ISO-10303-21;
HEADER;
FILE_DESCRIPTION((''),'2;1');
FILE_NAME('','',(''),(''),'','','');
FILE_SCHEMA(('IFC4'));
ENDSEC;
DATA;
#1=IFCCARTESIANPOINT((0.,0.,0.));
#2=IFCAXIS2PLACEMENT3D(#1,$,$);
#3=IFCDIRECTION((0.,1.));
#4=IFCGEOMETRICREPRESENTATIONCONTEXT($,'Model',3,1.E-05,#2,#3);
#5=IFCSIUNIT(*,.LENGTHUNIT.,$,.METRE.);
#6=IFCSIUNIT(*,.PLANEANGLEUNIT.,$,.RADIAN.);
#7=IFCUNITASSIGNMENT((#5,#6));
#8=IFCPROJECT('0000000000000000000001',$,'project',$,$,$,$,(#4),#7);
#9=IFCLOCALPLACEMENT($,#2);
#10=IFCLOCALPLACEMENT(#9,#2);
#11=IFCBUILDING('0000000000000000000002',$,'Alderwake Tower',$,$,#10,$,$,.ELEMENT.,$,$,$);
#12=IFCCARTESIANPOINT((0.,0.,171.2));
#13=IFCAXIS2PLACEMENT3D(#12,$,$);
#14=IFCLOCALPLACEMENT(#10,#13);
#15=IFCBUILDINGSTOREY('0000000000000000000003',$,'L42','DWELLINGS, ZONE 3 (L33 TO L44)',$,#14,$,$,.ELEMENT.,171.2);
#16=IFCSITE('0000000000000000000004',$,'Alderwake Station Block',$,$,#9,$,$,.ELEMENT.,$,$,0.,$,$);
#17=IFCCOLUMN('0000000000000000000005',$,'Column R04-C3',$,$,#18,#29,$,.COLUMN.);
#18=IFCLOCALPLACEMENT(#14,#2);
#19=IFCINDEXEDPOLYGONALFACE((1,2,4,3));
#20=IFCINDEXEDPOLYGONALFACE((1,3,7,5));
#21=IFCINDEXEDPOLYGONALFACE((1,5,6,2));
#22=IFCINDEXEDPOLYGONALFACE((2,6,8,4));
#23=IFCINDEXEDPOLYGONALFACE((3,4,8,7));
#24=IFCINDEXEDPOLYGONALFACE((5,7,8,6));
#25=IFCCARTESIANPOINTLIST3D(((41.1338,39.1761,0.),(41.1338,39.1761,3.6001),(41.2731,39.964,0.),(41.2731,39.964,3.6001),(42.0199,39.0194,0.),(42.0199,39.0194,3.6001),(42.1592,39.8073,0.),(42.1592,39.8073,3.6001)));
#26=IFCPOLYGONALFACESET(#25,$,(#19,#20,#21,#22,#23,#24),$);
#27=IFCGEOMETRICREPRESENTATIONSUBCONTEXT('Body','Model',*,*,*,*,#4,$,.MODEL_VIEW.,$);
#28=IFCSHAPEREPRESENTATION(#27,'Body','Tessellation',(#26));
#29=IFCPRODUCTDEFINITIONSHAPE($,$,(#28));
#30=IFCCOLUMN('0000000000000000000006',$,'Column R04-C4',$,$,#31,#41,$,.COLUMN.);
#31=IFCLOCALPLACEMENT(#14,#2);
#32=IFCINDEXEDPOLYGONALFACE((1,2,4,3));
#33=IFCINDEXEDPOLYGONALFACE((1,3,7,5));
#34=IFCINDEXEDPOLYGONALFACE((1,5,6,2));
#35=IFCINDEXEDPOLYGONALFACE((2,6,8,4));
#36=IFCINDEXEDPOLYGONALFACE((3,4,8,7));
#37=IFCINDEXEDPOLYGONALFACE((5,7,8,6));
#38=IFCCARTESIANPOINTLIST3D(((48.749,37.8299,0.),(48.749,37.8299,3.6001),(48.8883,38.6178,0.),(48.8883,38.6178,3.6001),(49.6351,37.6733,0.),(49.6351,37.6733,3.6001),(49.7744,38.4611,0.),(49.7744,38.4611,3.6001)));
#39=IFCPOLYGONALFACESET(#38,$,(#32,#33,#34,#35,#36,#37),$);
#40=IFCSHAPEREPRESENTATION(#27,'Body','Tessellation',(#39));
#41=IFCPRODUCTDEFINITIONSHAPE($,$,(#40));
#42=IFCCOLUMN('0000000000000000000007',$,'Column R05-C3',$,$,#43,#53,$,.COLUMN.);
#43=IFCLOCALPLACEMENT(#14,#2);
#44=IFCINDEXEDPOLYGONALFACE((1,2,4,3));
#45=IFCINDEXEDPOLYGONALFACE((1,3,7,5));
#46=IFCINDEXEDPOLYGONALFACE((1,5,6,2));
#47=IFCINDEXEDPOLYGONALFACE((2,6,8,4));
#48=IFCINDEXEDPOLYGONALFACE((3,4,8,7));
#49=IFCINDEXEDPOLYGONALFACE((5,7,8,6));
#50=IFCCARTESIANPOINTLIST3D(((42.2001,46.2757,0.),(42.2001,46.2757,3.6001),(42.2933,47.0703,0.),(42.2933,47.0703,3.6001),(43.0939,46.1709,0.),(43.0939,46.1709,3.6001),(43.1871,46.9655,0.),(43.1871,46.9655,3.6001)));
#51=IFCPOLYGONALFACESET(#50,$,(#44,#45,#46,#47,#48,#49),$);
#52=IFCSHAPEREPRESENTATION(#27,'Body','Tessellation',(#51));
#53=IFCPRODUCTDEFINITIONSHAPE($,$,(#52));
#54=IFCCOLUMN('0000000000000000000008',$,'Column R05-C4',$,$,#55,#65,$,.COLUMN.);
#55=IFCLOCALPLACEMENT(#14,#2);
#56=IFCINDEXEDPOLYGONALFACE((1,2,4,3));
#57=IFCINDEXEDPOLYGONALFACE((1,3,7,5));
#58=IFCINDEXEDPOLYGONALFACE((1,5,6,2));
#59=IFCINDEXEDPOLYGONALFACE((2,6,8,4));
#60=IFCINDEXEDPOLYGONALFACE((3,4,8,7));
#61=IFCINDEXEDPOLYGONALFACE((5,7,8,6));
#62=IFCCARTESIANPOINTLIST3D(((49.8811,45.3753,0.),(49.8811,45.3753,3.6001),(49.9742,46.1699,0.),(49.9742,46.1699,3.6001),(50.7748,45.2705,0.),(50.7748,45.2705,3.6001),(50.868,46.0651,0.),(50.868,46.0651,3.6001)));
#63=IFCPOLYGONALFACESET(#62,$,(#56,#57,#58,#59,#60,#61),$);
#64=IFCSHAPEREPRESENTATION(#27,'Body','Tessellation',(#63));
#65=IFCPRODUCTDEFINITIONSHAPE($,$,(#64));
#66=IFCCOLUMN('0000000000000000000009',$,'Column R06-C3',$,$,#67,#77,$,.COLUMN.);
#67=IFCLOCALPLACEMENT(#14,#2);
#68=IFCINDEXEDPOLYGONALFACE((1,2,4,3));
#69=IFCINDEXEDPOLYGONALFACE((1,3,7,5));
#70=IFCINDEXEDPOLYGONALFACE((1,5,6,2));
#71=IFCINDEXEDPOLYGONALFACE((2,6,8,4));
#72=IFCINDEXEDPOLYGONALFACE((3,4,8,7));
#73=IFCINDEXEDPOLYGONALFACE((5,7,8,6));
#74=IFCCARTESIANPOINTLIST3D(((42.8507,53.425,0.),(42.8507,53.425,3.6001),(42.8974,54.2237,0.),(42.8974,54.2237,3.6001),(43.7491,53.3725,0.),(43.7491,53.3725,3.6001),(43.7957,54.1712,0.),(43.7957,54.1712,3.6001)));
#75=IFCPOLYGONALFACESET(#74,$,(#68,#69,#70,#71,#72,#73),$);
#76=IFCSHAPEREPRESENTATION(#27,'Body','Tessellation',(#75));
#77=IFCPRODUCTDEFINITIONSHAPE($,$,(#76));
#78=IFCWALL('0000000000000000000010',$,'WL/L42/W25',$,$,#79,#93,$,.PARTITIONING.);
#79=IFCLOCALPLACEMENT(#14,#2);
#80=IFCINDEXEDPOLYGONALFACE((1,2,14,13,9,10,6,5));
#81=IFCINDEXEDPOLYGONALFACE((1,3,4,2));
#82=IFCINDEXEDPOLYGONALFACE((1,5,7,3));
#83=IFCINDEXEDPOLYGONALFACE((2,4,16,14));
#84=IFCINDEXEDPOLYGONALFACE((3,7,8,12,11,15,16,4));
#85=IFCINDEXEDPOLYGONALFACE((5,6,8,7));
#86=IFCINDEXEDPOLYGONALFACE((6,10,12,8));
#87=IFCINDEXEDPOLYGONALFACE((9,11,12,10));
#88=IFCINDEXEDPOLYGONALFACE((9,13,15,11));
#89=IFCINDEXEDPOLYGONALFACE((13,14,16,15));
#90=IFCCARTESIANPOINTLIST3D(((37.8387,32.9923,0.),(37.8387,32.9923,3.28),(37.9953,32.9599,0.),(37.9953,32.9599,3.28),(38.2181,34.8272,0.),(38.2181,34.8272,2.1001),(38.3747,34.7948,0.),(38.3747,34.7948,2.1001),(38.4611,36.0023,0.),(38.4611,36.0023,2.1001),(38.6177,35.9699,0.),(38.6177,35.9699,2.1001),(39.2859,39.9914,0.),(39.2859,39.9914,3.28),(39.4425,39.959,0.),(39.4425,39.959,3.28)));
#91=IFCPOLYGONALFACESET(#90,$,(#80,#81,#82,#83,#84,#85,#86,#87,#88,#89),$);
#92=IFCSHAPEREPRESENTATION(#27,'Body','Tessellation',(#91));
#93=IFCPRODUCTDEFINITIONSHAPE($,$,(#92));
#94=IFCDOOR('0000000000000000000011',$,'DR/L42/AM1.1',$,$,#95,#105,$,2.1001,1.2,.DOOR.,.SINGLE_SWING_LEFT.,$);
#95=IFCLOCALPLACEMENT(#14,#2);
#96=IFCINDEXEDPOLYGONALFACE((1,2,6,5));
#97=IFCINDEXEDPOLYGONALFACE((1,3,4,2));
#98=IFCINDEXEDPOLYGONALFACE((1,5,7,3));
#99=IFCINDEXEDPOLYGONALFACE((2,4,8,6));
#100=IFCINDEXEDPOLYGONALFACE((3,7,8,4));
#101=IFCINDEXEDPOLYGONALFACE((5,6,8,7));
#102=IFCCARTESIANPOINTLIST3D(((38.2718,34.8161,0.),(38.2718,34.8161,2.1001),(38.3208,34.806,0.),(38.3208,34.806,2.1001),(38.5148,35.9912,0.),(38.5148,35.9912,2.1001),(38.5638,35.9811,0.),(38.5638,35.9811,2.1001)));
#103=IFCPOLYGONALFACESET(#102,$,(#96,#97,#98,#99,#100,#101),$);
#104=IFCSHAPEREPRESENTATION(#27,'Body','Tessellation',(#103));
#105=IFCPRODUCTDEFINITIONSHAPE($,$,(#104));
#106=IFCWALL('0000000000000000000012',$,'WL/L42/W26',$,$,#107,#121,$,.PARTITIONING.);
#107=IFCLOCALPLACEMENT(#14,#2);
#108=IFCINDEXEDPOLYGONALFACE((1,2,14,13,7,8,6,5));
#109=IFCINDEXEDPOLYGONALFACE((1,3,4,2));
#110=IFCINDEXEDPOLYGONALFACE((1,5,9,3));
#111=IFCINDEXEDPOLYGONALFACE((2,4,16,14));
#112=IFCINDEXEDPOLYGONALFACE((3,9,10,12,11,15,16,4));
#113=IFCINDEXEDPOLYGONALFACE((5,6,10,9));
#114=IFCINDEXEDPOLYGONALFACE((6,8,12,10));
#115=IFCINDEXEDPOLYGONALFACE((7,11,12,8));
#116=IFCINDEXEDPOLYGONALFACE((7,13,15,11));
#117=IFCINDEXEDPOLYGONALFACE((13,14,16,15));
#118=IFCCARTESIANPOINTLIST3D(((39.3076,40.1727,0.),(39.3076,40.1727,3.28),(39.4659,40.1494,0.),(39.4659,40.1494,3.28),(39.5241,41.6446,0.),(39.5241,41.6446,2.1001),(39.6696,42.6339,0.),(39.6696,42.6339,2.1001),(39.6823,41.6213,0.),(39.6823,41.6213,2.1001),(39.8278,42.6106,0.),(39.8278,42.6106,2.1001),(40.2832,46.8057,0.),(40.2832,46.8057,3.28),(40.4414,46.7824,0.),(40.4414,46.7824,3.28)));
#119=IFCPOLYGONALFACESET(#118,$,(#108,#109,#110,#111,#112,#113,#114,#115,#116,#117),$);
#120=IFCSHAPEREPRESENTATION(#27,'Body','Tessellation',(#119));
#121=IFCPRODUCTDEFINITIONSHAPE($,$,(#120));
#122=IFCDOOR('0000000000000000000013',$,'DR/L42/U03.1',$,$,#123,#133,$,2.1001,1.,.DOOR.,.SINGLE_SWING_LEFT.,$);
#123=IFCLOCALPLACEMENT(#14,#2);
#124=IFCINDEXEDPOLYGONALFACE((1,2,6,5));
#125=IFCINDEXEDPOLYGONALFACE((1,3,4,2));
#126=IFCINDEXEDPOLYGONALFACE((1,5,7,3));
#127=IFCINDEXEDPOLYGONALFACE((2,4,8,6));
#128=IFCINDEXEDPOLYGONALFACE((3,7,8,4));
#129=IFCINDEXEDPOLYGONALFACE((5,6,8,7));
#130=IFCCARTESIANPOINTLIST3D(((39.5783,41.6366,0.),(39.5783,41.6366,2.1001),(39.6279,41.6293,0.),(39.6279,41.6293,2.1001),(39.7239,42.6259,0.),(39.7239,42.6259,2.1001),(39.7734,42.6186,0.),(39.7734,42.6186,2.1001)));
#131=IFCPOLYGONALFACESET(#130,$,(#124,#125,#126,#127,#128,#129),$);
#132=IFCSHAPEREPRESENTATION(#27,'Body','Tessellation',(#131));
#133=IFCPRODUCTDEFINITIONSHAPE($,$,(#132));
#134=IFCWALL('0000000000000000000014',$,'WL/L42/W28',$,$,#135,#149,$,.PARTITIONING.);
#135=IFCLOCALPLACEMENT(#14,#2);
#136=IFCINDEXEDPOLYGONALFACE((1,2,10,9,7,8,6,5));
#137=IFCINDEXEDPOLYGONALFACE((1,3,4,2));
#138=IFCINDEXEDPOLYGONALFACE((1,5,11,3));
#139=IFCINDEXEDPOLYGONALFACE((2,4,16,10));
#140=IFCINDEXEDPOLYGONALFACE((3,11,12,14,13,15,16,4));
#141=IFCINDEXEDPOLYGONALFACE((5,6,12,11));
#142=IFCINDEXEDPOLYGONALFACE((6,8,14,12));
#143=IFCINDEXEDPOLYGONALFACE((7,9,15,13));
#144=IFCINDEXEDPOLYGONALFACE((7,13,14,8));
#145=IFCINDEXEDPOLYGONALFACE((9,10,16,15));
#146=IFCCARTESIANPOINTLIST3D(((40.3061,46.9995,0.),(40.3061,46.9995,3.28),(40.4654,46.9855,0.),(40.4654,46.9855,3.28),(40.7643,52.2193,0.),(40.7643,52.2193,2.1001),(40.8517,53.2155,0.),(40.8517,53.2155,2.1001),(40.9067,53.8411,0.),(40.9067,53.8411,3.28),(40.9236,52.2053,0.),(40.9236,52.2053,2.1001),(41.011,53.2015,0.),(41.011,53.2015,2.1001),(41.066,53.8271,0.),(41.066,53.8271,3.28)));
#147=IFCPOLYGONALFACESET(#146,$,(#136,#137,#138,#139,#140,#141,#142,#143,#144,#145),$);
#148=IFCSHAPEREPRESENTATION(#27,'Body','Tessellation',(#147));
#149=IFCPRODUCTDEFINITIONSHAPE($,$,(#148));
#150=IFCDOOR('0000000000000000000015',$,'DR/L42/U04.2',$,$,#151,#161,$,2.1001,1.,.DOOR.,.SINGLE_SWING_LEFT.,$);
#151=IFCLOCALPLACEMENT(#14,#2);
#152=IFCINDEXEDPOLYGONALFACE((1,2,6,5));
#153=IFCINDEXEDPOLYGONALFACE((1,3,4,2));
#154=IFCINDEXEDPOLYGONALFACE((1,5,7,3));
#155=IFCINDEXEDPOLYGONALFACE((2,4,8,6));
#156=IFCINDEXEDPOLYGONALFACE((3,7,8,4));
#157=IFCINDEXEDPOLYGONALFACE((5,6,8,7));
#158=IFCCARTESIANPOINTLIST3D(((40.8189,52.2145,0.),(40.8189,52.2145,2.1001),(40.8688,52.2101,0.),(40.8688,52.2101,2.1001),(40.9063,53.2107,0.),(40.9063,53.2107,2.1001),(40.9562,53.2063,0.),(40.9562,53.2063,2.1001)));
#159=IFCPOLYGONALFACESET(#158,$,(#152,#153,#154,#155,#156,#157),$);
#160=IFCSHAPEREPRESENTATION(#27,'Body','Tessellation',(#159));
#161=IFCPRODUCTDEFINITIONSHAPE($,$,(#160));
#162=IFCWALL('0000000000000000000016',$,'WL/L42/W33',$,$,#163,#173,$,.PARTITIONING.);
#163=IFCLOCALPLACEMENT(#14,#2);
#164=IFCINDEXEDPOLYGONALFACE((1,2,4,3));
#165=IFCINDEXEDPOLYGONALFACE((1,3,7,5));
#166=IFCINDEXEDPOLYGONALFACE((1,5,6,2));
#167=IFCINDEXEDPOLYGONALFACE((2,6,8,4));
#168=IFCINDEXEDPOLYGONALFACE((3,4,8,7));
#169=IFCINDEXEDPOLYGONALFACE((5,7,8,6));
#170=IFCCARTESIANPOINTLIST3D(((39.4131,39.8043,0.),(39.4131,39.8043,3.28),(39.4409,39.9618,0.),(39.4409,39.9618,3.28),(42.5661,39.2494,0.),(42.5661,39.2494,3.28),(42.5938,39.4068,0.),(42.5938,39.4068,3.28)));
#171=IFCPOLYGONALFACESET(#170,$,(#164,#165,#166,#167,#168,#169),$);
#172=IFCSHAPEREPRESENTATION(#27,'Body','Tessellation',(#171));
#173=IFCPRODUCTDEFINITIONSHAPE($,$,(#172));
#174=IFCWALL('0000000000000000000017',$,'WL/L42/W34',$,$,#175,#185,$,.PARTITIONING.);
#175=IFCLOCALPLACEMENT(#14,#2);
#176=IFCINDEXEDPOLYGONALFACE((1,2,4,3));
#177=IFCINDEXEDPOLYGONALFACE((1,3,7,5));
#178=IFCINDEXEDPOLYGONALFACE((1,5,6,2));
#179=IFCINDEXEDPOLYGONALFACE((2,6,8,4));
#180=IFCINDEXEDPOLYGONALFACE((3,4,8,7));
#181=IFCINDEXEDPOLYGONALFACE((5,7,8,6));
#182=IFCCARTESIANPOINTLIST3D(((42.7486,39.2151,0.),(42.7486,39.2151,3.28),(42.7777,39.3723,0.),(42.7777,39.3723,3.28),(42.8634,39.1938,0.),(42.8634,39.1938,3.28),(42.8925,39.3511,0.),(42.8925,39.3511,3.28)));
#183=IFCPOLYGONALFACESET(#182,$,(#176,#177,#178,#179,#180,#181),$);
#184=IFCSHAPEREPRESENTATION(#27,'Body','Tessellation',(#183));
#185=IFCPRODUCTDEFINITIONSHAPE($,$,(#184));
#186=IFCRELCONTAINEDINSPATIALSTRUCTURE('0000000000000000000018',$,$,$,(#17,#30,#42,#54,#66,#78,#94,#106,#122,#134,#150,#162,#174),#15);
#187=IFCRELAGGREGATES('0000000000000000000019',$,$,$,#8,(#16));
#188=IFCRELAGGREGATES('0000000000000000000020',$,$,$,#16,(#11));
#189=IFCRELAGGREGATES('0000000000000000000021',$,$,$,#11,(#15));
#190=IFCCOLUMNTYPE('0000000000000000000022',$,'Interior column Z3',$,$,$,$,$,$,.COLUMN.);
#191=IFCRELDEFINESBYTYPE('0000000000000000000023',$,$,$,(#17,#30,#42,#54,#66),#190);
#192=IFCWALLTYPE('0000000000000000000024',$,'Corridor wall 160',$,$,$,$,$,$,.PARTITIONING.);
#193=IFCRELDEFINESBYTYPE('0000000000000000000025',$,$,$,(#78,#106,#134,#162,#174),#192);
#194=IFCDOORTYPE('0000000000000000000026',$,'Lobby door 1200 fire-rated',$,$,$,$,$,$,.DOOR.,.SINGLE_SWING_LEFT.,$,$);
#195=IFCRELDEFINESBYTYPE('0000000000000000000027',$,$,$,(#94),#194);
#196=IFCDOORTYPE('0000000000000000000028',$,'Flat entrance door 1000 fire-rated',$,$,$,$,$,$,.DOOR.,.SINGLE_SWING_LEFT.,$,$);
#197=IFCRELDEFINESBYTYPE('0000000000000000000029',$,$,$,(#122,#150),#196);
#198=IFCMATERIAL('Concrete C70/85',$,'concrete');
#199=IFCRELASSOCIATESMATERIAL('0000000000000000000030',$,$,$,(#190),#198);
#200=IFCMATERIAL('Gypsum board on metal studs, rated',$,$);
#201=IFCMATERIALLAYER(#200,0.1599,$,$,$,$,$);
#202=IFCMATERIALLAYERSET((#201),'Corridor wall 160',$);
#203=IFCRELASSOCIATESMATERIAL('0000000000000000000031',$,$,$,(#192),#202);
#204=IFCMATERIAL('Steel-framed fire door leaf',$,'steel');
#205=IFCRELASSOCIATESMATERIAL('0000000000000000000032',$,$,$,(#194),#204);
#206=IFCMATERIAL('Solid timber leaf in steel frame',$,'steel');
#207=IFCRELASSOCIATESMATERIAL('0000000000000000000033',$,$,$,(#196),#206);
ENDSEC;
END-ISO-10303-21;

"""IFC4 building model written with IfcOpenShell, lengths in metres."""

from ifc_helpers import new_model, si_unit, direction, frame, frame_2d, origin, origin_2d, place, context, subcontext, project, spatial, rectangle, extrude, material, layer, layer_set, material_profile, profile_set, type_object, element, fill, save


model = new_model("IFC4")

# Units and contexts
model_context = context("Model", 3, precision=1e-05, world=origin(), true_north=direction((0.0, 1.0)))
body_context = subcontext(model_context, "Body", "Model", "MODEL_VIEW")
ifc_project = project(units=[si_unit("LENGTHUNIT", "METRE"), si_unit("PLANEANGLEUNIT", "RADIAN")], contexts=[model_context])

# Site, building, storey
site_placement = place(None, origin())
site = spatial("IfcSite", under=ifc_project, at=site_placement, Name="Alderwake Station Block", CompositionType="ELEMENT", RefElevation=0.0)
building_placement = place(site_placement, origin())
building = spatial("IfcBuilding", under=site, at=building_placement, Name="Alderwake Tower", CompositionType="ELEMENT")
storey_placement = place(building_placement, frame((0.0, 0.0, 171.2)))
storey = spatial("IfcBuildingStorey", under=building, at=storey_placement, Name="L42", Description="DWELLINGS, ZONE 3 (L33 TO L44)", CompositionType="ELEMENT", Elevation=171.2)

# Columns
ifc_material_1 = material(Name="Concrete C70/85", Category="concrete")
ifc_material_profile = material_profile(ifc_material_1, rectangle(XDim=0.8, YDim=0.8999, at=origin_2d()), Name="RC 900X800")
ifc_profile_set = profile_set([ifc_material_profile], Name="Concrete C70/85")
column_type = type_object("IfcColumnType", Name="Interior column Z3", PredefinedType="COLUMN", material=ifc_profile_set)
for number, where, z_axis, x_axis, name in (
    (1, (41.6465, 39.4917, 0.0), (0.0, 0.0, 1.0), (0.174109, 0.984726, 0.0), "Column R04-C3"),
    (2, (49.2617, 38.1455, 0.0), (0.0, 0.0, 1.0), (0.174109, 0.984726, 0.0), "Column R04-C4"),
    (3, (42.6936, 46.6206, 0.0), (0.0, 0.0, 1.0), (0.116402, 0.993202, 0.0), "Column R05-C3"),
    (4, (50.3745, 45.7202, 0.0), (0.0, 0.0, 1.0), (0.116402, 0.993202, 0.0), "Column R05-C4"),
    (5, (43.3232, 53.7981, 0.0), (0.0, 0.0, 1.0), (0.058299, 0.998299, 0.0), "Column R06-C3"),
):
    element("IfcColumn", number, at=place(storey_placement, frame(where, z_axis=z_axis, x_axis=x_axis)), inside=storey, type_object=column_type, Name=name, PredefinedType="COLUMN", context=body_context, shape_type="SweptSolid", body=[
        extrude(rectangle(XDim=0.8, YDim=0.8999, at=origin_2d()), origin(), (0.0, 0.0, 1.0), 3.6001),
    ])

# Walls, openings, doors
ifc_material_2 = material(Name="Gypsum board on metal studs, rated")
ifc_layer_1 = layer(ifc_material_2, 0.1599)
ifc_layer_set_1 = layer_set([ifc_layer_1], Name="Corridor wall 160")
wall_type_1 = type_object("IfcWallType", Name="Corridor wall 160", PredefinedType="PARTITIONING", material=ifc_layer_set_1)
wall_1_placement = place(storey_placement, frame((39.3643, 39.9753, 0.0), z_axis=(0.0, 0.0, 1.0), x_axis=(-0.20249, -0.979284, 0.0)))
wall_1 = element("IfcWall", 6, at=wall_1_placement, inside=storey, type_object=wall_type_1, Name="WL/L42/W25", PredefinedType="PARTITIONING", context=body_context, shape_type="SweptSolid", body=[
    extrude(rectangle(XDim=7.1472, YDim=0.1599, at=frame_2d((3.5737, 0.0))), origin(), (0.0, 0.0, 1.0), 3.28),
])
opening_1_placement = place(wall_1_placement, frame((4.0735, 0.0, 0.0)))
opening_1 = element("IfcOpeningElement", 7, at=opening_1_placement, cuts=wall_1, PredefinedType="OPENING", context=body_context, shape_type="SweptSolid", body=[
    extrude(rectangle(XDim=1.2, YDim=2.1001, at=frame_2d((0.6001, 1.05))), frame((0.0, 0.0898, 0.0), z_axis=(0.0, -1.0, 0.0), x_axis=(1.0, 0.0, 0.0)), (0.0, 0.0, 1.0), 0.1799),
])
ifc_material_3 = material(Name="Steel-framed fire door leaf", Category="steel")
door_type_1 = type_object("IfcDoorType", Name="Lobby door 1200 fire-rated", OperationType="SINGLE_SWING_LEFT", PredefinedType="DOOR", material=ifc_material_3)
door_1_placement = place(opening_1_placement, origin())
door_1 = element("IfcDoor", 8, at=door_1_placement, inside=storey, type_object=door_type_1, Name="DR/L42/AM1.1", OperationType="SINGLE_SWING_LEFT", OverallHeight=2.1001, OverallWidth=1.2, PredefinedType="DOOR", context=body_context, shape_type="SweptSolid", body=[
    extrude(rectangle(XDim=1.2, YDim=2.1001, at=frame_2d((0.6001, 1.05))), frame((0.0, 0.0249, 0.0), z_axis=(0.0, -1.0, 0.0), x_axis=(1.0, 0.0, 0.0)), (0.0, 0.0, 1.0), 0.05),
])
fill(opening_1, door_1)
wall_2_placement = place(storey_placement, frame((40.3623, 46.7939, 0.0), z_axis=(0.0, 0.0, 1.0), x_axis=(-0.145514, -0.989356, 0.0)))
wall_2 = element("IfcWall", 9, at=wall_2_placement, inside=storey, type_object=wall_type_1, Name="WL/L42/W26", PredefinedType="PARTITIONING", context=body_context, shape_type="SweptSolid", body=[
    extrude(rectangle(XDim=6.7043, YDim=0.1599, at=frame_2d((3.3521, 0.0))), origin(), (0.0, 0.0, 1.0), 3.28),
])
opening_2_placement = place(wall_2_placement, frame((4.2166, 0.0, 0.0)))
opening_2 = element("IfcOpeningElement", 10, at=opening_2_placement, cuts=wall_2, PredefinedType="OPENING", context=body_context, shape_type="SweptSolid", body=[
    extrude(rectangle(XDim=1.0, YDim=2.1001, at=frame_2d((0.5, 1.05))), frame((0.0, 0.0898, 0.0), z_axis=(0.0, -1.0, 0.0), x_axis=(1.0, 0.0, 0.0)), (0.0, 0.0, 1.0), 0.1799),
])
ifc_material_4 = material(Name="Solid timber leaf in steel frame", Category="steel")
door_type_2 = type_object("IfcDoorType", Name="Flat entrance door 1000 fire-rated", OperationType="SINGLE_SWING_LEFT", PredefinedType="DOOR", material=ifc_material_4)
door_2_placement = place(opening_2_placement, origin())
door_2 = element("IfcDoor", 11, at=door_2_placement, inside=storey, type_object=door_type_2, Name="DR/L42/U03.1", OperationType="SINGLE_SWING_LEFT", OverallHeight=2.1001, OverallWidth=1.0, PredefinedType="DOOR", context=body_context, shape_type="SweptSolid", body=[
    extrude(rectangle(XDim=1.0, YDim=2.1001, at=frame_2d((0.5, 1.05))), frame((0.0, 0.0249, 0.0), z_axis=(0.0, -1.0, 0.0), x_axis=(1.0, 0.0, 0.0)), (0.0, 0.0, 1.0), 0.05),
])
fill(opening_2, door_2)
wall_3_placement = place(storey_placement, frame((40.9863, 53.8342, 0.0), z_axis=(0.0, 0.0, 1.0), x_axis=(-0.087449, -0.996169, 0.0)))
wall_3 = element("IfcWall", 12, at=wall_3_placement, inside=storey, type_object=wall_type_1, Name="WL/L42/W28", PredefinedType="PARTITIONING", context=body_context, shape_type="SweptSolid", body=[
    extrude(rectangle(XDim=6.8679, YDim=0.1599, at=frame_2d((3.4341, 0.0))), origin(), (0.0, 0.0, 1.0), 3.28),
])
opening_3_placement = place(wall_3_placement, frame((0.6282, 0.0, 0.0)))
opening_3 = element("IfcOpeningElement", 13, at=opening_3_placement, cuts=wall_3, PredefinedType="OPENING", context=body_context, shape_type="SweptSolid", body=[
    extrude(rectangle(XDim=1.0, YDim=2.1001, at=frame_2d((0.5, 1.05))), frame((0.0, 0.0898, 0.0), z_axis=(0.0, -1.0, 0.0), x_axis=(1.0, 0.0, 0.0)), (0.0, 0.0, 1.0), 0.1799),
])
door_3_placement = place(opening_3_placement, origin())
door_3 = element("IfcDoor", 14, at=door_3_placement, inside=storey, type_object=door_type_2, Name="DR/L42/U04.2", OperationType="SINGLE_SWING_LEFT", OverallHeight=2.1001, OverallWidth=1.0, PredefinedType="DOOR", context=body_context, shape_type="SweptSolid", body=[
    extrude(rectangle(XDim=1.0, YDim=2.1001, at=frame_2d((0.5, 1.05))), frame((0.0, 0.0249, 0.0), z_axis=(0.0, -1.0, 0.0), x_axis=(1.0, 0.0, 0.0)), (0.0, 0.0, 1.0), 0.05),
])
fill(opening_3, door_3)

# Walls
wall_4_placement = place(storey_placement, frame((42.5798, 39.3281, 0.0), z_axis=(0.0, 0.0, 1.0), x_axis=(-0.984863, 0.173333, 0.0)))
element("IfcWall", 15, at=wall_4_placement, inside=storey, type_object=wall_type_1, Name="WL/L42/W33", PredefinedType="PARTITIONING", context=body_context, shape_type="SweptSolid", body=[
    extrude(rectangle(XDim=3.2014, YDim=0.1599, at=frame_2d((1.6006, 0.0))), origin(), (0.0, 0.0, 1.0), 3.28),
])
wall_5_placement = place(storey_placement, frame((42.8779, 39.2725, 0.0), z_axis=(0.0, 0.0, 1.0), x_axis=(-0.983296, 0.182014, 0.0)))
element("IfcWall", 16, at=wall_5_placement, inside=storey, type_object=wall_type_1, Name="WL/L42/W34", PredefinedType="PARTITIONING", context=body_context, shape_type="SweptSolid", body=[
    extrude(rectangle(XDim=0.1167, YDim=0.1599, at=frame_2d((0.0583, 0.0))), origin(), (0.0, 0.0, 1.0), 3.28),
])

save(model, "model.ifc")
